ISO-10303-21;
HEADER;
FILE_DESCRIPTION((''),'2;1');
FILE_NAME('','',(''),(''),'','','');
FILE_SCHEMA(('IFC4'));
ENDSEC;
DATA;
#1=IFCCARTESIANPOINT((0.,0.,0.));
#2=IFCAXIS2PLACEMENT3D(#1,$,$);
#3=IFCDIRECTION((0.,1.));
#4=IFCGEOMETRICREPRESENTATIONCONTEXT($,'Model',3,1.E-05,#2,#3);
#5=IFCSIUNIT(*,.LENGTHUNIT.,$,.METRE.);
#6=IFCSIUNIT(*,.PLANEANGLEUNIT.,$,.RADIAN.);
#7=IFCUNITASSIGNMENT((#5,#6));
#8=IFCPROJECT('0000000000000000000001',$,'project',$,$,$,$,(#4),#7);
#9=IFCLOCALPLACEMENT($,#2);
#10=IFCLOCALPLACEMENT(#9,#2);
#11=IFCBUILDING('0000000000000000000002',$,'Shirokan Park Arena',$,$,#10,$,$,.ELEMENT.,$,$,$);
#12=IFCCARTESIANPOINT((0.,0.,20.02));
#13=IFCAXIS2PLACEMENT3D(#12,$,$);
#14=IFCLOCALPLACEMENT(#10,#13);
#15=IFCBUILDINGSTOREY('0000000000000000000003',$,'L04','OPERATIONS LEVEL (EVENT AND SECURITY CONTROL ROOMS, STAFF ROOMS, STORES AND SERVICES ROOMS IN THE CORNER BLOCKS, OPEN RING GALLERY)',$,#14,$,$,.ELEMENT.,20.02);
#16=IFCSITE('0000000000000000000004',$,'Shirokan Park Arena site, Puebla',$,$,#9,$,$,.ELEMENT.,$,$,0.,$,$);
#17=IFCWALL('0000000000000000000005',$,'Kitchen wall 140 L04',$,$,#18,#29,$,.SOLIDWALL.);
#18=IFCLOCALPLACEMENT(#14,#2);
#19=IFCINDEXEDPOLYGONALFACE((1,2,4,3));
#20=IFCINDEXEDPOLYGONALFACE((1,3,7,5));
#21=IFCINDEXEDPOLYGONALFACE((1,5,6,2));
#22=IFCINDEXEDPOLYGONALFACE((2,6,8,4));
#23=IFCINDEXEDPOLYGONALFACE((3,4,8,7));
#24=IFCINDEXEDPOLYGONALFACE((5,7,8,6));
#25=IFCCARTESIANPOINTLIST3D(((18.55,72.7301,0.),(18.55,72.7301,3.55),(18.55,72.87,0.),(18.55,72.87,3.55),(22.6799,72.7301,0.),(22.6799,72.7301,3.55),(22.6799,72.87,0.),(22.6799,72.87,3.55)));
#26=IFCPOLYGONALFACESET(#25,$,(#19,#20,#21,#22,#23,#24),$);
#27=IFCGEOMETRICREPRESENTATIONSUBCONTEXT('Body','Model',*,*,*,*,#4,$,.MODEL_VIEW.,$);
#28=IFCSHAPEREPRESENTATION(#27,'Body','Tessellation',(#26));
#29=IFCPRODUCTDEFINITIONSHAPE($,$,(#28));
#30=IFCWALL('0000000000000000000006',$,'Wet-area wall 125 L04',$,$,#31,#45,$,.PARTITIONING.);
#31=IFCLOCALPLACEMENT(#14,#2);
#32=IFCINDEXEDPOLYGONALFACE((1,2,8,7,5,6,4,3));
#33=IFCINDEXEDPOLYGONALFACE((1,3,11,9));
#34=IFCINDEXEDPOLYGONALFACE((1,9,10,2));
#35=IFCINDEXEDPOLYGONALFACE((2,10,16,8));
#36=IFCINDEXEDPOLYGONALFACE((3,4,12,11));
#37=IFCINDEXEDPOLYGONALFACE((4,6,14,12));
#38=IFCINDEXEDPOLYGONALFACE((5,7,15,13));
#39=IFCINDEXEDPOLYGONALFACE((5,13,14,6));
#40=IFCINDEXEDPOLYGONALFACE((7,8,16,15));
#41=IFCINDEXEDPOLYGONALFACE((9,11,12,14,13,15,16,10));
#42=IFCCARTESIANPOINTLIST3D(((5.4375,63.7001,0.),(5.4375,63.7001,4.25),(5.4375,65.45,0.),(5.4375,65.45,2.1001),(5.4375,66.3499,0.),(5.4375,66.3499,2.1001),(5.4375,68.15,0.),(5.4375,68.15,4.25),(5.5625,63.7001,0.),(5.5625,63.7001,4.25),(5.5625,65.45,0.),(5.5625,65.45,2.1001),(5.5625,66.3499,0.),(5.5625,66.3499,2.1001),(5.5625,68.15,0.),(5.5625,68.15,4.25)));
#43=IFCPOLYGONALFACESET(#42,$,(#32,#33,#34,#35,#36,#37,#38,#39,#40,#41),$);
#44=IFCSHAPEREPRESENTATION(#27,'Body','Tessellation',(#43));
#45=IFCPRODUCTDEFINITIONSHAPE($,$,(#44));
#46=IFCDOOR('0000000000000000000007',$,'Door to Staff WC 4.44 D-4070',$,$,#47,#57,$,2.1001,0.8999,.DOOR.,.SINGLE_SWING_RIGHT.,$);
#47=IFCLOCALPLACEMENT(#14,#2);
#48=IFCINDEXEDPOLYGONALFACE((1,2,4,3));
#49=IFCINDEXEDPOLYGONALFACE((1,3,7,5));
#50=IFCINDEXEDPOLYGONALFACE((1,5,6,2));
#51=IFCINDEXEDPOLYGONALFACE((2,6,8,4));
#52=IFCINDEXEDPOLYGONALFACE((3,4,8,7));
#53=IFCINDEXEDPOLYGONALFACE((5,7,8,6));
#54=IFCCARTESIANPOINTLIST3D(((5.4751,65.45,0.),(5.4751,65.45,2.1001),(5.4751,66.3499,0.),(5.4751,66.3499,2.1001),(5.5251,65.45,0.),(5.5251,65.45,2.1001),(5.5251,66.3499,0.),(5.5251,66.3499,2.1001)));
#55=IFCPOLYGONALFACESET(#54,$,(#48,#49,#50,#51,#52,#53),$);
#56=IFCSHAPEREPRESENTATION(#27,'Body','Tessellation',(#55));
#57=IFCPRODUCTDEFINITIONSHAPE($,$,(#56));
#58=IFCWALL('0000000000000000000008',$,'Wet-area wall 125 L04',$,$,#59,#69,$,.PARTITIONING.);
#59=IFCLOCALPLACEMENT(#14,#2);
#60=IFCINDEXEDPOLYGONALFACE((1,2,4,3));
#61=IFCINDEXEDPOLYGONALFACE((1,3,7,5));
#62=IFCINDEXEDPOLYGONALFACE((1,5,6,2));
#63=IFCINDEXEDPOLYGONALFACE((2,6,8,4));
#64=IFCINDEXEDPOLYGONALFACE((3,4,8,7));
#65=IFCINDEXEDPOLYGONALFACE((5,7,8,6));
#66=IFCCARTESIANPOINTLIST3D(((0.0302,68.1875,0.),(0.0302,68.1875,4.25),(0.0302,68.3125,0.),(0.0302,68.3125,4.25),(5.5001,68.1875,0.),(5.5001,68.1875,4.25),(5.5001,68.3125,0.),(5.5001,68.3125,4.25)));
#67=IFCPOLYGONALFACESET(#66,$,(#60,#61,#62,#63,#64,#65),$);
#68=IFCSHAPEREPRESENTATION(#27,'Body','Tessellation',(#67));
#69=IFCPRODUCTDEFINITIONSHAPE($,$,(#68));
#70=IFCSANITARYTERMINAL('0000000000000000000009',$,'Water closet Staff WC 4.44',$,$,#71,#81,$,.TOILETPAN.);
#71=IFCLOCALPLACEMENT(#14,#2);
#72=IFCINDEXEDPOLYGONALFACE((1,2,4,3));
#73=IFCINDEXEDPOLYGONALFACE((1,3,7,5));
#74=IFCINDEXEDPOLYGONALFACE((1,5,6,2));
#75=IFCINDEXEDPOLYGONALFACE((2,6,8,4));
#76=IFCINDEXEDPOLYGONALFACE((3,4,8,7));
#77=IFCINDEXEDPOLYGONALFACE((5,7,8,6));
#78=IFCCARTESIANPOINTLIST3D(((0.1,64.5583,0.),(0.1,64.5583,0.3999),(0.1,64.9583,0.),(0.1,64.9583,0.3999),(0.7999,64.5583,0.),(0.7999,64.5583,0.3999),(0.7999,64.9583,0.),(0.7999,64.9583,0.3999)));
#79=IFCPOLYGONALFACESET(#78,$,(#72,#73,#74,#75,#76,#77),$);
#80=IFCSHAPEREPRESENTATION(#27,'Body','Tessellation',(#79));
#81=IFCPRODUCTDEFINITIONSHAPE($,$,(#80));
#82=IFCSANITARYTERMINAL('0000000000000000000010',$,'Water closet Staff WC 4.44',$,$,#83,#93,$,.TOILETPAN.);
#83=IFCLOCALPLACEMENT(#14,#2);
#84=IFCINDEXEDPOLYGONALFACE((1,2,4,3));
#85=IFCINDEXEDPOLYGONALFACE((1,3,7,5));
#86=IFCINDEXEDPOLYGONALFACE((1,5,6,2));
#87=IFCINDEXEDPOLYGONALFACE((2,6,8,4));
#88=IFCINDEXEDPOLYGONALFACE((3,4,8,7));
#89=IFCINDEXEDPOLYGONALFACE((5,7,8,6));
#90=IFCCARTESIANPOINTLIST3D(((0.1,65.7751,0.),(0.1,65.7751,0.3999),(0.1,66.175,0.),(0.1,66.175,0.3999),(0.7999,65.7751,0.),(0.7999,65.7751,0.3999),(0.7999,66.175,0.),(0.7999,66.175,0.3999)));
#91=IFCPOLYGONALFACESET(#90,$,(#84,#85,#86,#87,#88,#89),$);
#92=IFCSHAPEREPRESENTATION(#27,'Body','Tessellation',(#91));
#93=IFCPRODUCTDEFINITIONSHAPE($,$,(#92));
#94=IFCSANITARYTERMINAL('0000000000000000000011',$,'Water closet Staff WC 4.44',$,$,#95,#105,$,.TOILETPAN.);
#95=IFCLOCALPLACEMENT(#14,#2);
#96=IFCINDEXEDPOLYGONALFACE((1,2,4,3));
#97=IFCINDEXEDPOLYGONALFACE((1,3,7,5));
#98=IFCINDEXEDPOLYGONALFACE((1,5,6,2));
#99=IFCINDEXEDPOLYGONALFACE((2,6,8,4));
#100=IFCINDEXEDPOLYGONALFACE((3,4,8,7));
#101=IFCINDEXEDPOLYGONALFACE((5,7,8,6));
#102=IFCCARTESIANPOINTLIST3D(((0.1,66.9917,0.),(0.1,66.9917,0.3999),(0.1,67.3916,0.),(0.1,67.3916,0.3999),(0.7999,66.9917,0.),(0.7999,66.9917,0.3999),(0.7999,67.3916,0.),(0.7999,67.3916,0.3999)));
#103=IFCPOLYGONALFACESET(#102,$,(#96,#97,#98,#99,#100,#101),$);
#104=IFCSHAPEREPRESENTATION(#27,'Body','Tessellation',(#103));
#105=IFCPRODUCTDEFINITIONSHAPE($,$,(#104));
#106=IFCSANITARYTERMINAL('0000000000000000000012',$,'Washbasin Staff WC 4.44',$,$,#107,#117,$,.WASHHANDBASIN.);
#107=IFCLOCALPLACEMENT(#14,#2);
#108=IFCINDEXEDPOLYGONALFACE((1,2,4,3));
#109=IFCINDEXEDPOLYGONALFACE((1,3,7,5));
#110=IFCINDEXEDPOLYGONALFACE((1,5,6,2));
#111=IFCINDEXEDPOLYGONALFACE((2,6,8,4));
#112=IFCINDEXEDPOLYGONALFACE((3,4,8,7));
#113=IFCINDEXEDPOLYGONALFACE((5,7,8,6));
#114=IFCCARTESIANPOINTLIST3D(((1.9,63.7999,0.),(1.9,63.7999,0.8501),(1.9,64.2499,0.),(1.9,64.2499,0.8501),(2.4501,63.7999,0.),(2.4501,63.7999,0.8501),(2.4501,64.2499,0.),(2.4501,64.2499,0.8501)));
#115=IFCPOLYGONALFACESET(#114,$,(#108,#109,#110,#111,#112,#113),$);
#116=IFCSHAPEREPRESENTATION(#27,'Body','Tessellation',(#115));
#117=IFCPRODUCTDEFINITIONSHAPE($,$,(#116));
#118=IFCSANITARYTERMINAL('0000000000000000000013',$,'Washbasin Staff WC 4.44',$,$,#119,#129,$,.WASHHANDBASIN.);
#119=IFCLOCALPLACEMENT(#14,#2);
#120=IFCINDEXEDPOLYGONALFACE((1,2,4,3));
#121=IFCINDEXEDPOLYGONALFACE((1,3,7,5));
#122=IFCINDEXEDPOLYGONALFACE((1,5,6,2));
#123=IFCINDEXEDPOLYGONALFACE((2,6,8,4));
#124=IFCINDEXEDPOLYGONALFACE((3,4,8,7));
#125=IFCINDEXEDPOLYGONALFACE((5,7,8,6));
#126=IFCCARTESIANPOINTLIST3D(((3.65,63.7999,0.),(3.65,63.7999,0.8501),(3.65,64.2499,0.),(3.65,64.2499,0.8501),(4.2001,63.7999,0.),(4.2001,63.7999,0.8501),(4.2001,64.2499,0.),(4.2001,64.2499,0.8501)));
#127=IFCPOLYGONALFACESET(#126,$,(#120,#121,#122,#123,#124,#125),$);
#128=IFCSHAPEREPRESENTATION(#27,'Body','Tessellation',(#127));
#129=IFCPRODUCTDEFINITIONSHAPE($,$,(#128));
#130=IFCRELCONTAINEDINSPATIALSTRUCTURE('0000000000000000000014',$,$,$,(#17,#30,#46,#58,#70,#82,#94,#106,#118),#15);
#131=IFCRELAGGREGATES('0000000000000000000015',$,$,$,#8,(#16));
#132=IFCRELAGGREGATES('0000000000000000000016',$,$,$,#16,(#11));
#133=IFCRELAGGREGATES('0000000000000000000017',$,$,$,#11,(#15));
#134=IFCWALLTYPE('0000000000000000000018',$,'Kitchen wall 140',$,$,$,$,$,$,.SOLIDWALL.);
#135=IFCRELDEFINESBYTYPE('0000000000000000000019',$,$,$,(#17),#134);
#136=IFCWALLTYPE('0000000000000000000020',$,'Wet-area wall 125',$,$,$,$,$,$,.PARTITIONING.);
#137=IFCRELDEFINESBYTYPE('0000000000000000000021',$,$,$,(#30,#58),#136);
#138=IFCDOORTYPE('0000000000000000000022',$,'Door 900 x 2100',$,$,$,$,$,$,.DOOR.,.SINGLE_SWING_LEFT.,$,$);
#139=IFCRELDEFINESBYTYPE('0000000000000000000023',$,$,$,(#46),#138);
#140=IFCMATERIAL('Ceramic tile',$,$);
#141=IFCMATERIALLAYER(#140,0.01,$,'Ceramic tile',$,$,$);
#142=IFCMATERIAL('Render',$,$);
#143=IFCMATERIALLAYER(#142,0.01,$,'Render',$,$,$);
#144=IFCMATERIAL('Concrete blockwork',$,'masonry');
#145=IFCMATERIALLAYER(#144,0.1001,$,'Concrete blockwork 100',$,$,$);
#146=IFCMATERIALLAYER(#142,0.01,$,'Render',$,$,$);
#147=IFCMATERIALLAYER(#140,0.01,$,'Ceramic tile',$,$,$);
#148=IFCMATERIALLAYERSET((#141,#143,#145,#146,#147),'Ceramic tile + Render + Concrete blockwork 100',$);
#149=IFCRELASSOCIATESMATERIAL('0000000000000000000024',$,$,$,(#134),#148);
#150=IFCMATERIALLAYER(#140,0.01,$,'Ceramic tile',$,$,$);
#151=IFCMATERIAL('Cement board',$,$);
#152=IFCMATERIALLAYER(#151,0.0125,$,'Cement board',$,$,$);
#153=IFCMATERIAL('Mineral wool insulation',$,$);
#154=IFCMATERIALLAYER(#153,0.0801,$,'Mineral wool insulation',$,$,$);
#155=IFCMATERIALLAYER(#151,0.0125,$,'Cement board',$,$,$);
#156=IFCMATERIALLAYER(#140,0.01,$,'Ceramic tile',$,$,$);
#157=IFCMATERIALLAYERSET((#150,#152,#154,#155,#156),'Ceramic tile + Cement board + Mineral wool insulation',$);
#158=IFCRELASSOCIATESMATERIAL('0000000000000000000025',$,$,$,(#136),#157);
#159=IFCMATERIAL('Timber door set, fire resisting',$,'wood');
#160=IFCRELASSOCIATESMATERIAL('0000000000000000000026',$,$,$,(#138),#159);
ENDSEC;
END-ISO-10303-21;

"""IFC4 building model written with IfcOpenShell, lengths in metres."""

from ifc_helpers import new_model, si_unit, direction, frame, frame_2d, origin, origin_2d, place, context, subcontext, project, spatial, rectangle, extrude, material, layer, layer_set, type_object, element, fill, save


model = new_model("IFC4")

# Units and contexts
model_context = context("Model", 3, precision=1e-05, world=origin(), true_north=direction((0.0, 1.0)))
body_context = subcontext(model_context, "Body", "Model", "MODEL_VIEW")
ifc_project = project(units=[si_unit("LENGTHUNIT", "METRE"), si_unit("PLANEANGLEUNIT", "RADIAN")], contexts=[model_context])

# Site, building, storey
site_placement = place(None, origin())
site = spatial("IfcSite", under=ifc_project, at=site_placement, Name="Shirokan Park Arena site, Puebla", CompositionType="ELEMENT", RefElevation=0.0)
building_placement = place(site_placement, origin())
building = spatial("IfcBuilding", under=site, at=building_placement, Name="Shirokan Park Arena", CompositionType="ELEMENT")
storey_placement = place(building_placement, frame((0.0, 0.0, 20.02)))
storey = spatial("IfcBuildingStorey", under=building, at=storey_placement, Name="L04", Description="OPERATIONS LEVEL (EVENT AND SECURITY CONTROL ROOMS, STAFF ROOMS, STORES AND SERVICES ROOMS IN THE CORNER BLOCKS, OPEN RING GALLERY)", CompositionType="ELEMENT", Elevation=20.02)

# Shared definitions
ifc_material_1 = material(Name="Mineral wool insulation")

# Shared definitions
ifc_material_2 = material(Name="Ceramic tile")
ifc_layer_1 = layer(ifc_material_2, 0.01, Name="Ceramic tile")
ifc_material_3 = material(Name="Render")
ifc_layer_2 = layer(ifc_material_3, 0.01, Name="Render")
ifc_material_4 = material(Name="Concrete blockwork", Category="masonry")
ifc_layer_3 = layer(ifc_material_4, 0.1001, Name="Concrete blockwork 100")
ifc_layer_4 = layer(ifc_material_3, 0.01, Name="Render")
ifc_layer_5 = layer(ifc_material_2, 0.01, Name="Ceramic tile")
ifc_layer_set_1 = layer_set([ifc_layer_1, ifc_layer_2, ifc_layer_3, ifc_layer_4, ifc_layer_5], Name="Ceramic tile + Render + Concrete blockwork 100")
wall_type_1 = type_object("IfcWallType", Name="Kitchen wall 140", PredefinedType="SOLIDWALL", material=ifc_layer_set_1)

# Wall
wall_1_placement = place(storey_placement, frame((18.55, 72.8, 0.0), z_axis=(0.0, 0.0, 1.0), x_axis=(1.0, 0.0, 0.0)))
element("IfcWall", 1, at=wall_1_placement, inside=storey, type_object=wall_type_1, Name="Kitchen wall 140 L04", PredefinedType="SOLIDWALL", context=body_context, shape_type="SweptSolid", body=[
    extrude(rectangle(XDim=4.1299, YDim=0.1399, at=frame_2d((2.0649, 0.0))), origin(), (0.0, 0.0, 1.0), 3.55),
])

# Wall, opening, door
ifc_layer_6 = layer(ifc_material_2, 0.01, Name="Ceramic tile")
ifc_material_5 = material(Name="Cement board")
ifc_layer_7 = layer(ifc_material_5, 0.0125, Name="Cement board")
ifc_layer_8 = layer(ifc_material_1, 0.0801, Name="Mineral wool insulation")
ifc_layer_9 = layer(ifc_material_5, 0.0125, Name="Cement board")
ifc_layer_10 = layer(ifc_material_2, 0.01, Name="Ceramic tile")
ifc_layer_set_2 = layer_set([ifc_layer_6, ifc_layer_7, ifc_layer_8, ifc_layer_9, ifc_layer_10], Name="Ceramic tile + Cement board + Mineral wool insulation")
wall_type_2 = type_object("IfcWallType", Name="Wet-area wall 125", PredefinedType="PARTITIONING", material=ifc_layer_set_2)
wall_2_placement = place(storey_placement, frame((5.5, 63.7, 0.0), z_axis=(0.0, 0.0, 1.0), x_axis=(0.0, 1.0, 0.0)))
wall_2 = element("IfcWall", 2, at=wall_2_placement, inside=storey, type_object=wall_type_2, Name="Wet-area wall 125 L04", PredefinedType="PARTITIONING", context=body_context, shape_type="SweptSolid", body=[
    extrude(rectangle(XDim=4.45, YDim=0.125, at=frame_2d((2.2251, 0.0))), origin(), (0.0, 0.0, 1.0), 4.25),
])
opening_1_placement = place(wall_2_placement, frame((1.75, 0.0, 0.0)))
opening_1 = element("IfcOpeningElement", 3, at=opening_1_placement, cuts=wall_2, PredefinedType="OPENING", context=body_context, shape_type="SweptSolid", body=[
    extrude(rectangle(XDim=0.8999, YDim=2.1001, at=frame_2d((0.45, 1.05))), frame((0.0, 0.0725, 0.0), z_axis=(0.0, -1.0, 0.0), x_axis=(1.0, 0.0, 0.0)), (0.0, 0.0, 1.0), 0.145),
])
ifc_material_6 = material(Name="Timber door set, fire resisting", Category="wood")
door_type_1 = type_object("IfcDoorType", Name="Door 900 x 2100", OperationType="SINGLE_SWING_LEFT", PredefinedType="DOOR", material=ifc_material_6)
door_1_placement = place(opening_1_placement, origin())
door_1 = element("IfcDoor", 4, at=door_1_placement, inside=storey, type_object=door_type_1, Name="Door to Staff WC 4.44 D-4070", OperationType="SINGLE_SWING_RIGHT", OverallHeight=2.1001, OverallWidth=0.8999, PredefinedType="DOOR", context=body_context, shape_type="SweptSolid", body=[
    extrude(rectangle(XDim=0.8999, YDim=2.1001, at=frame_2d((0.45, 1.05))), frame((0.0, 0.0249, 0.0), z_axis=(0.0, -1.0, 0.0), x_axis=(1.0, 0.0, 0.0)), (0.0, 0.0, 1.0), 0.05),
])
fill(opening_1, door_1)

# Wall
wall_3_placement = place(storey_placement, frame((5.5, 68.25, 0.0), z_axis=(0.0, 0.0, 1.0), x_axis=(-1.0, 0.0, 0.0)))
element("IfcWall", 5, at=wall_3_placement, inside=storey, type_object=wall_type_2, Name="Wet-area wall 125 L04", PredefinedType="PARTITIONING", context=body_context, shape_type="SweptSolid", body=[
    extrude(rectangle(XDim=5.47, YDim=0.125, at=frame_2d((2.7349, 0.0))), origin(), (0.0, 0.0, 1.0), 4.25),
])

# Sanitary terminals
for number, where, z_axis, x_axis, name in (
    (6, (0.45, 64.7583, 0.0), (0.0, 0.0, 1.0), (1.0, 0.0, 0.0), "Water closet Staff WC 4.44"),
    (7, (0.45, 65.9751, 0.0), (0.0, 0.0, 1.0), (1.0, 0.0, 0.0), "Water closet Staff WC 4.44"),
    (8, (0.45, 67.1917, 0.0), (0.0, 0.0, 1.0), (1.0, 0.0, 0.0), "Water closet Staff WC 4.44"),
):
    element("IfcSanitaryTerminal", number, at=place(storey_placement, frame(where, z_axis=z_axis, x_axis=x_axis)), inside=storey, Name=name, PredefinedType="TOILETPAN", context=body_context, shape_type="SweptSolid", body=[
        extrude(rectangle(XDim=0.7, YDim=0.3999, at=origin_2d()), origin(), (0.0, 0.0, 1.0), 0.3999),
    ])
for number, where, z_axis, x_axis, name in (
    (9, (2.175, 64.0249, 0.0), (0.0, 0.0, 1.0), (1.0, 0.0, 0.0), "Washbasin Staff WC 4.44"),
    (10, (3.925, 64.0249, 0.0), (0.0, 0.0, 1.0), (1.0, 0.0, 0.0), "Washbasin Staff WC 4.44"),
):
    element("IfcSanitaryTerminal", number, at=place(storey_placement, frame(where, z_axis=z_axis, x_axis=x_axis)), inside=storey, Name=name, PredefinedType="WASHHANDBASIN", context=body_context, shape_type="SweptSolid", body=[
        extrude(rectangle(XDim=0.55, YDim=0.45, at=origin_2d()), origin(), (0.0, 0.0, 1.0), 0.8501),
    ])

save(model, "model.ifc")
